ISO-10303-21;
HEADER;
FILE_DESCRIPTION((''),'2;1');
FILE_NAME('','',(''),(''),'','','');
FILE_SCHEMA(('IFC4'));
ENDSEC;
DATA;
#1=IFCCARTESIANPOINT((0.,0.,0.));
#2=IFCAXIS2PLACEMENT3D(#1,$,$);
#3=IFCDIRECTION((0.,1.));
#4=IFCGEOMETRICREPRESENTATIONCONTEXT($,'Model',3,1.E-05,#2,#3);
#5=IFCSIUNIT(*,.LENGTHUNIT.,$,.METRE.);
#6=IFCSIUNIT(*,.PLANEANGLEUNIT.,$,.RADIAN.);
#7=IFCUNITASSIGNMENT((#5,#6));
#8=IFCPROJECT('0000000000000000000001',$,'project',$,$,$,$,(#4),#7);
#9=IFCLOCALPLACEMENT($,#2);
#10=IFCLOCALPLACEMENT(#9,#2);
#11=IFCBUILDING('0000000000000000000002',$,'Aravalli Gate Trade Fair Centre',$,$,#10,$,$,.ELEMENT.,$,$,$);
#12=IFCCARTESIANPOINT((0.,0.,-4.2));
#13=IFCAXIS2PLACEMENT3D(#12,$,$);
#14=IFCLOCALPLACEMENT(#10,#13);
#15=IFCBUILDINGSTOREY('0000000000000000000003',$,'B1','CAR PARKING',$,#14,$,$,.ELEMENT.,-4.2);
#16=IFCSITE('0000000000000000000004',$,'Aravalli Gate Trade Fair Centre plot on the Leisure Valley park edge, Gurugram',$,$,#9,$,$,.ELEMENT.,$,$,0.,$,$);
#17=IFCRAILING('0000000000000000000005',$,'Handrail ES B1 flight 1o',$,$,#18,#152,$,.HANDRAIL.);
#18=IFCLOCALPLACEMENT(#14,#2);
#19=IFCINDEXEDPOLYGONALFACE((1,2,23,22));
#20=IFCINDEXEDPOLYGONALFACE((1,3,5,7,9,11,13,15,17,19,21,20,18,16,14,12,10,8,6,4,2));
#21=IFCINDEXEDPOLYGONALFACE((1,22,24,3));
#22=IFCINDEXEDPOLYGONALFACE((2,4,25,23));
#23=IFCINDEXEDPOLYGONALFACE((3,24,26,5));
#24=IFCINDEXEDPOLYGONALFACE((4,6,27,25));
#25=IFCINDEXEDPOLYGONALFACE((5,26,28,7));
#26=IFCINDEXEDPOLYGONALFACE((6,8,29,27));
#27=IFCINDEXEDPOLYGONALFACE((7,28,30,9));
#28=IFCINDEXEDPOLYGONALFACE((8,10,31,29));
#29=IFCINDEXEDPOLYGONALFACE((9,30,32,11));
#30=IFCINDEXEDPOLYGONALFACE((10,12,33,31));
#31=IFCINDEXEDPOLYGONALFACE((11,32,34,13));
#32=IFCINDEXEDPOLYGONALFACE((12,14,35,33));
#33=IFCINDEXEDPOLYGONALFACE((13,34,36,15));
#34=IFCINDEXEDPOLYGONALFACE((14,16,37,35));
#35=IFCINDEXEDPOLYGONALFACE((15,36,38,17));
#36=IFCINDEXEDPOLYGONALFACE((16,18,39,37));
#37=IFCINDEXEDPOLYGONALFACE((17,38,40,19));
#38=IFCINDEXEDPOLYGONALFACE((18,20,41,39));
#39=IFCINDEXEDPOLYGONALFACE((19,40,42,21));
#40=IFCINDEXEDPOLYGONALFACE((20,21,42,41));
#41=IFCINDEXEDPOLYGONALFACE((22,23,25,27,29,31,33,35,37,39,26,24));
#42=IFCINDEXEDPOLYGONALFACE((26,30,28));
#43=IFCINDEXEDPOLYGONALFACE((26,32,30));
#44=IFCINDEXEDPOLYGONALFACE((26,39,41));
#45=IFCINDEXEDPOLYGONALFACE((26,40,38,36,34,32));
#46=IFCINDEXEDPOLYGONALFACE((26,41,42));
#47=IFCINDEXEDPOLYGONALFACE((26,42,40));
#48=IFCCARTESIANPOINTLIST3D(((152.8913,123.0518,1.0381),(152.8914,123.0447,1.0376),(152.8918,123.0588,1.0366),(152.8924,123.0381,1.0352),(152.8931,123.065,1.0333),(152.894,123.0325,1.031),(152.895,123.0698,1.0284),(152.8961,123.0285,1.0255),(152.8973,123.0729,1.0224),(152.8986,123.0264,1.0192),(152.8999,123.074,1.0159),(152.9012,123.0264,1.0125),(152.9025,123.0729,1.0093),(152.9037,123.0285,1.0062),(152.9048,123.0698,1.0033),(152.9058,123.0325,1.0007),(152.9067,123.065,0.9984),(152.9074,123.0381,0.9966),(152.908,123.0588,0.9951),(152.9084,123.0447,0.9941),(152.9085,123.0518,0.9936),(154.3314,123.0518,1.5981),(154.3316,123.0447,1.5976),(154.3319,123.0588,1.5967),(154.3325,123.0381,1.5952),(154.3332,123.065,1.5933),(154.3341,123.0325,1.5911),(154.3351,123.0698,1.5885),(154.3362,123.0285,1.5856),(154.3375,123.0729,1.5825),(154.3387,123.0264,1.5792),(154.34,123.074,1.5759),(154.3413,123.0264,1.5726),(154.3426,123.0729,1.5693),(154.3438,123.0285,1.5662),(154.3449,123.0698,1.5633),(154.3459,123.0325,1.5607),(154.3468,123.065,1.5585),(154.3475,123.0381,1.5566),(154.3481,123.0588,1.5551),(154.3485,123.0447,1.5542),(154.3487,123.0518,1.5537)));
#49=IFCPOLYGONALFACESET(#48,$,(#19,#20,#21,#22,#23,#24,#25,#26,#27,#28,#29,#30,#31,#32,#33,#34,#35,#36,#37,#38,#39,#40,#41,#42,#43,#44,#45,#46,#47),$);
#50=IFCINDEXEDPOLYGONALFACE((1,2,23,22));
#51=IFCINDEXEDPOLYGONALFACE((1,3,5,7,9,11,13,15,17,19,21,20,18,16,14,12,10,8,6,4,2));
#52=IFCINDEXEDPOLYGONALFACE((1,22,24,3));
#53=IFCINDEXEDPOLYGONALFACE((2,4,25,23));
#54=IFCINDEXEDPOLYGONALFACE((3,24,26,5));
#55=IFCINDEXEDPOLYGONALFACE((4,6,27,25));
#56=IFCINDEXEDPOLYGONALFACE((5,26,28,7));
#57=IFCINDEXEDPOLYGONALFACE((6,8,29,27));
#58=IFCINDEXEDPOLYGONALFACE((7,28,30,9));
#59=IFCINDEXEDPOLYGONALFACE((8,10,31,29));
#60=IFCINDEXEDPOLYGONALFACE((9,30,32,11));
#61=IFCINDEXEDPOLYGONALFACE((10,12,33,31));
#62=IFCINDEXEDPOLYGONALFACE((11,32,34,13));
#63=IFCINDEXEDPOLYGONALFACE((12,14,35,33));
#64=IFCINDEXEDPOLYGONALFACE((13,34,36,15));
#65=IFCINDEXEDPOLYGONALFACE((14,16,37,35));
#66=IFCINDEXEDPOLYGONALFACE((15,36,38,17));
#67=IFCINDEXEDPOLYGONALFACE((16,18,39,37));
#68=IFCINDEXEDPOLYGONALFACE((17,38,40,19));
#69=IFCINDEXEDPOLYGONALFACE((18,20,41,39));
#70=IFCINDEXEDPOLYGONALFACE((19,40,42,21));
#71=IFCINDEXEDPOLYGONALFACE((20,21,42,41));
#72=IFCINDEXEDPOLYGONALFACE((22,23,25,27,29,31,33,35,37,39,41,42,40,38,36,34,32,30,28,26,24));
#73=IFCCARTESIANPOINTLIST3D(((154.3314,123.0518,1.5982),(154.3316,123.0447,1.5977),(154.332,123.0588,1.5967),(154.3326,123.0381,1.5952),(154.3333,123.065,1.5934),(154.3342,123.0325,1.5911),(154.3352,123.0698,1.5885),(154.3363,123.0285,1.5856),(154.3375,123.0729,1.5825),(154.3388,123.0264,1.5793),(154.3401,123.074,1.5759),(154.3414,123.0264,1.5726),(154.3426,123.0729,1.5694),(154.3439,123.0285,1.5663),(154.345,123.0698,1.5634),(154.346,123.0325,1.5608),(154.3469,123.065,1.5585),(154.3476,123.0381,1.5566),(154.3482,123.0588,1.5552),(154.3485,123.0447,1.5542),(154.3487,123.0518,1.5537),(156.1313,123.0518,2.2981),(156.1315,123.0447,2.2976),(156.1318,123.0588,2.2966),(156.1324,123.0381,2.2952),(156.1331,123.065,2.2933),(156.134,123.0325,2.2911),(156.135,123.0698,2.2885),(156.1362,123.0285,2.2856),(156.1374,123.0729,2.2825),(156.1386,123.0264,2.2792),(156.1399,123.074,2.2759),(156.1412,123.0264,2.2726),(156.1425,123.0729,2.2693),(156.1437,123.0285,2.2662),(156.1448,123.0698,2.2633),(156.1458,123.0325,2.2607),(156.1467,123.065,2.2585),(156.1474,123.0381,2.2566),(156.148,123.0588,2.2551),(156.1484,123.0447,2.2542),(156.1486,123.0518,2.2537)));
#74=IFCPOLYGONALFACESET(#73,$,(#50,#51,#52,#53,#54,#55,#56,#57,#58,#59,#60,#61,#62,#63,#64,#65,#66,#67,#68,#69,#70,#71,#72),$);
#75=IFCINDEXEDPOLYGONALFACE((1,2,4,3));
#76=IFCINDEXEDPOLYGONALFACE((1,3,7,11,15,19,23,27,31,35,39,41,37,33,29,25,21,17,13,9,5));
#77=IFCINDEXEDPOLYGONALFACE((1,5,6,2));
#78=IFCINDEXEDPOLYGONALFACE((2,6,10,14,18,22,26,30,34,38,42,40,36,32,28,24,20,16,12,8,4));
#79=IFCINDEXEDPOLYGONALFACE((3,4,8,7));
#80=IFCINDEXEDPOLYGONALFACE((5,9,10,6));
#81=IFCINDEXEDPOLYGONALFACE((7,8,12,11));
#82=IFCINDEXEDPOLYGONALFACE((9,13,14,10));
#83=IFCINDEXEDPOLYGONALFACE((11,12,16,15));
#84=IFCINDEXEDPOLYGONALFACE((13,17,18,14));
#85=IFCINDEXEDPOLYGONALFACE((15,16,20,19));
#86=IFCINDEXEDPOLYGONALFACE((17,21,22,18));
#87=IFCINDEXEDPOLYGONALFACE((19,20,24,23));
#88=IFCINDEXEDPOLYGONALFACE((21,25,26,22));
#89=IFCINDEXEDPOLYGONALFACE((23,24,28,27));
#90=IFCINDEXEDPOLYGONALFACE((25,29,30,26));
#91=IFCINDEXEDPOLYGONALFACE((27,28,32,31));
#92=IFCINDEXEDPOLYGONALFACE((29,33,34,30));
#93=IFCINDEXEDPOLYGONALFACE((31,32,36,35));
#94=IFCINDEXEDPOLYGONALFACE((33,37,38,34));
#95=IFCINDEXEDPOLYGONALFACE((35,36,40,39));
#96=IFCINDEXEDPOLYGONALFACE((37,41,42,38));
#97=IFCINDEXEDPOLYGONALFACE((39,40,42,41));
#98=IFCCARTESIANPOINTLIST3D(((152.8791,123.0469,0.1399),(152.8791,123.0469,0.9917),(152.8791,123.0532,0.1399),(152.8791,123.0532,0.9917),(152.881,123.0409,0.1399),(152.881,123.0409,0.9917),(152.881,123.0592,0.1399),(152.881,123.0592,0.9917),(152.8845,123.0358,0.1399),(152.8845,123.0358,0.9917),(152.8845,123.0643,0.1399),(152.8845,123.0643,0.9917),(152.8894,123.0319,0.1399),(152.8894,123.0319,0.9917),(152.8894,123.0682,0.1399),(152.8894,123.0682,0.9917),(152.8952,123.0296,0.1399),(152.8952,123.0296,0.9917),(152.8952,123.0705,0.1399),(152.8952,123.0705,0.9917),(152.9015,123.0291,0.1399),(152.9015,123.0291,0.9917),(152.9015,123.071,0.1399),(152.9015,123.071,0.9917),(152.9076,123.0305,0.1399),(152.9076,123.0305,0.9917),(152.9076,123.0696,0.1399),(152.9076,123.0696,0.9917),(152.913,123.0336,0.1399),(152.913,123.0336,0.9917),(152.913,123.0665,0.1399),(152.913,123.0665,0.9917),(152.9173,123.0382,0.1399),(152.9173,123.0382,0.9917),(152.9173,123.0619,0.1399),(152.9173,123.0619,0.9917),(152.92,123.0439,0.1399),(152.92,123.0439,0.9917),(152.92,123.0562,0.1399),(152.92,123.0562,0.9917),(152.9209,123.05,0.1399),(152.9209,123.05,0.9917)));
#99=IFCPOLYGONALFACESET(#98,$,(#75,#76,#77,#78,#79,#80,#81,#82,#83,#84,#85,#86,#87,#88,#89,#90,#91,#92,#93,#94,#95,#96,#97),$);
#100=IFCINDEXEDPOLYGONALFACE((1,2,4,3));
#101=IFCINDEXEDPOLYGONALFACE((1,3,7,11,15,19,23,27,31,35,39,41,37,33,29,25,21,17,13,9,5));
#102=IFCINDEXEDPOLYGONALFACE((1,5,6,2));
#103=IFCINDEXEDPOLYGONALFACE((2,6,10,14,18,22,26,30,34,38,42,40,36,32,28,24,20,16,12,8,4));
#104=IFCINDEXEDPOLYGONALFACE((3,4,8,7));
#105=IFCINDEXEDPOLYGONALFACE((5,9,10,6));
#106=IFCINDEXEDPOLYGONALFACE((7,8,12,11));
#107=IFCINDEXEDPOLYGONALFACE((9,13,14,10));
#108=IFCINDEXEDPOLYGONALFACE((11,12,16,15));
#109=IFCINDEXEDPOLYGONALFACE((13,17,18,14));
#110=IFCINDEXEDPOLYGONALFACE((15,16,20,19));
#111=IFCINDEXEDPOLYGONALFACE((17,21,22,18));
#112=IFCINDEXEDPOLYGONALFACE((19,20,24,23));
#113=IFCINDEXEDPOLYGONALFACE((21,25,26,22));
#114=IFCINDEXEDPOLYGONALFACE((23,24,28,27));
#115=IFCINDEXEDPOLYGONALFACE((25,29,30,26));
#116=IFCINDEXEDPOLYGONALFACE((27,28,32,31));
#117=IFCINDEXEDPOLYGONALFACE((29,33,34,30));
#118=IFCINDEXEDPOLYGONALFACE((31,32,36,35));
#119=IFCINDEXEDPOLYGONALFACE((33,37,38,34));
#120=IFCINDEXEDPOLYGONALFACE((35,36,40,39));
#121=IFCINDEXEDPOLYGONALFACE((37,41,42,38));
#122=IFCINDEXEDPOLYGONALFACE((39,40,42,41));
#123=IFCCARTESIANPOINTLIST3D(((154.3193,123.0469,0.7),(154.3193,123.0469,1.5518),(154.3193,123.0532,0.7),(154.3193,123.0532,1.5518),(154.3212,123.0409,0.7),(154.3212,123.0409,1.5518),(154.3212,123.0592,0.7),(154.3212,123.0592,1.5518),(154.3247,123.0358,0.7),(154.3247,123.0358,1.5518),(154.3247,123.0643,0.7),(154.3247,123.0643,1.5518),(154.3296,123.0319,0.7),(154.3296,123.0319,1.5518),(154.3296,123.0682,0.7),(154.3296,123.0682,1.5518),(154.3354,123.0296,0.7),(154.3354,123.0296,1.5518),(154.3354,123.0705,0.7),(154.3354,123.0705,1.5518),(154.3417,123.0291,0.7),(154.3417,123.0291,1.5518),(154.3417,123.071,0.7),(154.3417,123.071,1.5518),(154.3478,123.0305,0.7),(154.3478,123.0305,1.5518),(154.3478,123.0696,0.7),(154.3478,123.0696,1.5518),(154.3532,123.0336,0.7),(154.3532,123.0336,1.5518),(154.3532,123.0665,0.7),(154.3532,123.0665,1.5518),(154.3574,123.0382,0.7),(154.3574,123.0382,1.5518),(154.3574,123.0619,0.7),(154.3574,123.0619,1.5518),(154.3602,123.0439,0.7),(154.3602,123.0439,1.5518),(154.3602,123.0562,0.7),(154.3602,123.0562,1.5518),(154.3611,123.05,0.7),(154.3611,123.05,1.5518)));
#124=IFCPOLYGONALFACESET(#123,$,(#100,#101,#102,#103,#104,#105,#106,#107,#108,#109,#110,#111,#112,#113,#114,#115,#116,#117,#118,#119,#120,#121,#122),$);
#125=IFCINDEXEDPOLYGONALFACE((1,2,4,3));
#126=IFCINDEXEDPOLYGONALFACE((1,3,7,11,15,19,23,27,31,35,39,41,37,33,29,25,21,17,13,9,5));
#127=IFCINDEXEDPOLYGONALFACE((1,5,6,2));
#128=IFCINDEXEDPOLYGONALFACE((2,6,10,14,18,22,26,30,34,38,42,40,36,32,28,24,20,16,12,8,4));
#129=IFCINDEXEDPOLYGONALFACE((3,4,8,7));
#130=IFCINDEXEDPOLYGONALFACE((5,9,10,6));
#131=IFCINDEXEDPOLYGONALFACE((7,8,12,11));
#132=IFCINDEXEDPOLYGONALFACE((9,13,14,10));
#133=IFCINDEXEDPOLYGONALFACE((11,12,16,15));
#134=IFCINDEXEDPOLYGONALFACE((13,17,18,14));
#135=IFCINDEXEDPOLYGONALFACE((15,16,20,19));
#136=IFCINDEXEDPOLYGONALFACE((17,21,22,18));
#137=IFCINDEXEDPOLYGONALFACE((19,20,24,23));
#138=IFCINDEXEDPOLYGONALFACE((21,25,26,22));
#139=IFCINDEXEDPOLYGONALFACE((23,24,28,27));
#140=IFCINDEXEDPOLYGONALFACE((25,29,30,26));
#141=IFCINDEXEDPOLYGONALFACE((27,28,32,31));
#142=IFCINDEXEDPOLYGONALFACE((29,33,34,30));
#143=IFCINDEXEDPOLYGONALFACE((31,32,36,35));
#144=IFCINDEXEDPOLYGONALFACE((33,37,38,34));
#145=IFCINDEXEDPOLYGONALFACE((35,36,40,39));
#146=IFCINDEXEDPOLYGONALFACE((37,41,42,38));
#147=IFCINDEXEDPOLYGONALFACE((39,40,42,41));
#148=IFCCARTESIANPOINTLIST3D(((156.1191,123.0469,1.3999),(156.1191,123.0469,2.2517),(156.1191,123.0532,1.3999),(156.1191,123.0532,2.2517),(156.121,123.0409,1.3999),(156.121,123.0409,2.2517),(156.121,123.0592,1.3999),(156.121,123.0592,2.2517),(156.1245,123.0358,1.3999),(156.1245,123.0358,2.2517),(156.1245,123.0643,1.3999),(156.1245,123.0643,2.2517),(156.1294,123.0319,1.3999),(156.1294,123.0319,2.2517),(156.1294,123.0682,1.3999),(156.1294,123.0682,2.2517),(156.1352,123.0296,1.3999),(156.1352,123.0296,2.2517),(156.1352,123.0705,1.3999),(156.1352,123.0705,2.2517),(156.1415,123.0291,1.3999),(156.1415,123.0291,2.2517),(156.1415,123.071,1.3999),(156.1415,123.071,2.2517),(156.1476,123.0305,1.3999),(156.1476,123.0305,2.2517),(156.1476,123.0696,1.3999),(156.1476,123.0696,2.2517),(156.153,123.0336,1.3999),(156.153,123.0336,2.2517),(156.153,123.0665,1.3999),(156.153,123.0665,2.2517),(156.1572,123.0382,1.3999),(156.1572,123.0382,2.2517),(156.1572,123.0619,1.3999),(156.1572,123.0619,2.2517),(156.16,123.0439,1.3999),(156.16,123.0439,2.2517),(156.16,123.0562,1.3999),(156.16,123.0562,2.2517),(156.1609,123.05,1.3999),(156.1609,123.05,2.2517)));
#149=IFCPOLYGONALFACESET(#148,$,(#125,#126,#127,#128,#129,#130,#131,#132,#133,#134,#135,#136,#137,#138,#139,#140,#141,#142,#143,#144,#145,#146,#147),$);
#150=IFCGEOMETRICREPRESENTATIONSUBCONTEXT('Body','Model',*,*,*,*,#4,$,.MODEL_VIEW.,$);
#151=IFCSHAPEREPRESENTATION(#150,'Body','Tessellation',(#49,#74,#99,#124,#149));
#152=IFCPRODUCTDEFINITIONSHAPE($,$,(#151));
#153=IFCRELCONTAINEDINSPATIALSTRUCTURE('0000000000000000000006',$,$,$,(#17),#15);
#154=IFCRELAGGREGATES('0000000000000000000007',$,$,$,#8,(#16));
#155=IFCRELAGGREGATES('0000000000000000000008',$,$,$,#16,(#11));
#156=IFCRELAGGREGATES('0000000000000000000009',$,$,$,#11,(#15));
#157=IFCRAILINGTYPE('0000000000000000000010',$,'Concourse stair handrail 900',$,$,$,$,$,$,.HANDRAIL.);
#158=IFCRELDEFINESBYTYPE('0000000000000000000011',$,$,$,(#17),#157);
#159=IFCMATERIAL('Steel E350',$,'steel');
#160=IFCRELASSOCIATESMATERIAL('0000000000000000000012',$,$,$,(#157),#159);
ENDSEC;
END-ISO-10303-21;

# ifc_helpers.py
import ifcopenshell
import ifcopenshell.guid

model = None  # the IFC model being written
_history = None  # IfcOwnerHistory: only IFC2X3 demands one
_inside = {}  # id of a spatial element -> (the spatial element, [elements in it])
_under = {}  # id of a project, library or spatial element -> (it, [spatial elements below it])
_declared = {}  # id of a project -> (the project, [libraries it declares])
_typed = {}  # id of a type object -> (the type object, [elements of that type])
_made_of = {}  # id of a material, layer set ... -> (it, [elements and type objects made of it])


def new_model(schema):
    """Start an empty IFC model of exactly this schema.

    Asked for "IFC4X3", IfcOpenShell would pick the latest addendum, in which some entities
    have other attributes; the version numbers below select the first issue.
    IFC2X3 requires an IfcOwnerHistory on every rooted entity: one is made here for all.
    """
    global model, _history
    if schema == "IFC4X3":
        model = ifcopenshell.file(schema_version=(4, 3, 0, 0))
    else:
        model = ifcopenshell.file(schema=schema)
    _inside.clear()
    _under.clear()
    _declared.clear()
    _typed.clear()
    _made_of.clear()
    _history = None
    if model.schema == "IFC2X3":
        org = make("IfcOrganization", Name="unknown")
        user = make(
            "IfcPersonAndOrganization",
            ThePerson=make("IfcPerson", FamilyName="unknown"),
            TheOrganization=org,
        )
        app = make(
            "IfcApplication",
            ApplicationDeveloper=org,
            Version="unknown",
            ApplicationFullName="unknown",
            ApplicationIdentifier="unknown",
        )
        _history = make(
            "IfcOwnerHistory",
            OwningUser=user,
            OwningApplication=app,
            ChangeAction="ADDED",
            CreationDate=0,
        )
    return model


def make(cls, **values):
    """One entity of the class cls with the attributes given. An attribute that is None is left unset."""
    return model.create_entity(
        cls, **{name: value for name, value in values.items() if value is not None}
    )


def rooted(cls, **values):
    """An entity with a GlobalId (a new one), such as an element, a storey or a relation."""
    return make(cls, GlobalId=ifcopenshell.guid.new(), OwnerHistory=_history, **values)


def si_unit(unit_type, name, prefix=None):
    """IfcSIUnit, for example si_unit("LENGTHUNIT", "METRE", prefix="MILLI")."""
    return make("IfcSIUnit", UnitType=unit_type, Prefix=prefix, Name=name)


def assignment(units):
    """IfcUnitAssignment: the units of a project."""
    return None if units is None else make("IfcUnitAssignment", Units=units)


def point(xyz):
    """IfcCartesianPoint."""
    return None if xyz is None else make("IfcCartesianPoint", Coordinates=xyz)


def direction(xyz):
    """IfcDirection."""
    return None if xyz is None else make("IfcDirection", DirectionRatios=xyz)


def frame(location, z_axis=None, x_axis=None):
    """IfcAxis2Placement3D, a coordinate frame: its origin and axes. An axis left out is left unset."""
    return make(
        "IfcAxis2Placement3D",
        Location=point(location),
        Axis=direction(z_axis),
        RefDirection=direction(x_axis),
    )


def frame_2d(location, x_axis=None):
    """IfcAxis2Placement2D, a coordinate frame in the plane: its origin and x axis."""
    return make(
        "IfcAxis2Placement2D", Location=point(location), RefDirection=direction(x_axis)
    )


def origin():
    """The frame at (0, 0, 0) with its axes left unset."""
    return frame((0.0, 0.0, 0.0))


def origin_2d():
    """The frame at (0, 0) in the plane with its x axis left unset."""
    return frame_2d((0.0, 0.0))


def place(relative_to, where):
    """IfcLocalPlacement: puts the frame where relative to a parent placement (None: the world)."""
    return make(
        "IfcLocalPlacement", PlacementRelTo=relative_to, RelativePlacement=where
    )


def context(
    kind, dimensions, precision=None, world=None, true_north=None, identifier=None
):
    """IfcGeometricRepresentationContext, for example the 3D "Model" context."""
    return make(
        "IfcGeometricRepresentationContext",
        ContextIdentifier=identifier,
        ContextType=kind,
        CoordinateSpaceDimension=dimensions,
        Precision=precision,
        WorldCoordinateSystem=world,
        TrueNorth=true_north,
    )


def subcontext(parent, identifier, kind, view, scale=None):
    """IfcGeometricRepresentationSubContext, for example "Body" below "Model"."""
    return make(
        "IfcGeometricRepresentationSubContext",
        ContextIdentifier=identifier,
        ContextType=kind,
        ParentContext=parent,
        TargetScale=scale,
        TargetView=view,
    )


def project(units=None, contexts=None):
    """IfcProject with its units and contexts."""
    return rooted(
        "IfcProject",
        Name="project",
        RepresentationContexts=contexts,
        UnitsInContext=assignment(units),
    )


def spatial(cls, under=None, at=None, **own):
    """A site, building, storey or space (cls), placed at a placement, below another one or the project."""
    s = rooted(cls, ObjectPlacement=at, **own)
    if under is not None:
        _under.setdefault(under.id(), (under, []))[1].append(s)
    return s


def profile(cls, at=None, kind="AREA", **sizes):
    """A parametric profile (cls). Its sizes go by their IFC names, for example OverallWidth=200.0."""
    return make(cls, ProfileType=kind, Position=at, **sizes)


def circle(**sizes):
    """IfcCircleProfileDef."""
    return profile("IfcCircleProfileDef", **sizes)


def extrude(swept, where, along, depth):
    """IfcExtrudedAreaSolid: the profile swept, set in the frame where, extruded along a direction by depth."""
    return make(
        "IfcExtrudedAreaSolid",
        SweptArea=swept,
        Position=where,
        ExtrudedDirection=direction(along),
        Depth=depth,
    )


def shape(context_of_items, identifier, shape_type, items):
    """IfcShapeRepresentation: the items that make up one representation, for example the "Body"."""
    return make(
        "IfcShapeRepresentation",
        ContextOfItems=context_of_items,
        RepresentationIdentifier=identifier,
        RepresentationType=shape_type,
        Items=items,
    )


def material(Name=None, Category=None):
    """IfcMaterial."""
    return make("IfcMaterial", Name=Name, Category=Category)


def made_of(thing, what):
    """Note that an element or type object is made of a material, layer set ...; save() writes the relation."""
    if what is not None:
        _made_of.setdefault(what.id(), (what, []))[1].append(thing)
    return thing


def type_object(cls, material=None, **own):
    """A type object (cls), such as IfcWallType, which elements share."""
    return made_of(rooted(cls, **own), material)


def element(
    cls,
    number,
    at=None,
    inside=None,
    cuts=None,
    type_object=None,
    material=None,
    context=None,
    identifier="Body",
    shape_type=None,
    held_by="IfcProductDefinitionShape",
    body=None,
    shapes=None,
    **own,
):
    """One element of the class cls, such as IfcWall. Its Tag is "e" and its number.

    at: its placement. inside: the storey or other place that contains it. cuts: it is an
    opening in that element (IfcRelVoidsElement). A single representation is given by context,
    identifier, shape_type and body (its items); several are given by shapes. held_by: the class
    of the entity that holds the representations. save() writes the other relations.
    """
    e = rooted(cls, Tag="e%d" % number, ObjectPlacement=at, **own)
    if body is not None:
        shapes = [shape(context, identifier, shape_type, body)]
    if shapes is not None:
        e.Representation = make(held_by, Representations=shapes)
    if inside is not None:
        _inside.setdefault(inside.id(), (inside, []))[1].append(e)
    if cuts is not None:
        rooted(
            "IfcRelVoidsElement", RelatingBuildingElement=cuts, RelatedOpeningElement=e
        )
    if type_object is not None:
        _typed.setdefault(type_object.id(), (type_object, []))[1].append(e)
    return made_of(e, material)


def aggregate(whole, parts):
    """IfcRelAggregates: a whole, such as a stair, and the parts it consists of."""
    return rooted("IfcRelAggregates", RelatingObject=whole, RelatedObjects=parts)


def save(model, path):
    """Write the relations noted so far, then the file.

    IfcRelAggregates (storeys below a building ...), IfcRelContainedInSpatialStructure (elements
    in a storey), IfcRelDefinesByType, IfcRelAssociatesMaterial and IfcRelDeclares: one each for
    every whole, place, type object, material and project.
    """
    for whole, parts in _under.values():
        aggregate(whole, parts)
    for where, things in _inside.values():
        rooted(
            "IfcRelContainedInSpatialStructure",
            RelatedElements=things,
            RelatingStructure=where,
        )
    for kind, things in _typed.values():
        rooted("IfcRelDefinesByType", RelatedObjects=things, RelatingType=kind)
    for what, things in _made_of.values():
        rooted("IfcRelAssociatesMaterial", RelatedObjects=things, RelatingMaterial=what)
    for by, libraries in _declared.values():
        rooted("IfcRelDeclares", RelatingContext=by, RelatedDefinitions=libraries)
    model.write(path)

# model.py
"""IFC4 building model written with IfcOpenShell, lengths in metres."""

from ifc_helpers import new_model, si_unit, direction, frame, origin, origin_2d, place, context, subcontext, project, spatial, circle, extrude, material, type_object, element, save


model = new_model("IFC4")

# Units and contexts
model_context = context("Model", 3, precision=1e-05, world=origin(), true_north=direction((0.0, 1.0)))
body_context = subcontext(model_context, "Body", "Model", "MODEL_VIEW")
ifc_project = project(units=[si_unit("LENGTHUNIT", "METRE"), si_unit("PLANEANGLEUNIT", "RADIAN")], contexts=[model_context])

# Site, building, storey
site_placement = place(None, origin())
site = spatial("IfcSite", under=ifc_project, at=site_placement, Name="Aravalli Gate Trade Fair Centre plot on the Leisure Valley park edge, Gurugram", CompositionType="ELEMENT", RefElevation=0.0)
building_placement = place(site_placement, origin())
building = spatial("IfcBuilding", under=site, at=building_placement, Name="Aravalli Gate Trade Fair Centre", CompositionType="ELEMENT")
storey_placement = place(building_placement, frame((0.0, 0.0, -4.2)))
storey = spatial("IfcBuildingStorey", under=building, at=storey_placement, Name="B1", Description="CAR PARKING", CompositionType="ELEMENT", Elevation=-4.2)

# Shared definitions
ifc_material_1 = material(Name="Steel E350", Category="steel")

# Railing
railing_type = type_object("IfcRailingType", Name="Concourse stair handrail 900", PredefinedType="HANDRAIL", material=ifc_material_1)
for number, where, name in (
    (1, (152.8999, 123.05, 0.1399), "Handrail ES B1 flight 1o"),
):
    element("IfcRailing", number, at=place(storey_placement, frame(where)), inside=storey, type_object=railing_type, Name=name, PredefinedType="HANDRAIL", context=body_context, shape_type="SweptSolid", body=[
        extrude(circle(Radius=0.0239, at=origin_2d()), frame((0.0, 0.0, 0.876), z_axis=(0.932008, 0.0, 0.362439), x_axis=(0.0, 1.0, 0.0)), (0.0, 0.0, 1.0), 1.5452),
        extrude(circle(Radius=0.0239, at=origin_2d()), frame((1.4402, 0.0, 1.436), z_axis=(0.932, 0.0, 0.362458), x_axis=(0.0, 1.0, 0.0)), (0.0, 0.0, 1.0), 1.9312),
        extrude(circle(Radius=0.021, at=origin_2d()), origin(), (0.0, 0.0, 1.0), 0.8518),
        extrude(circle(Radius=0.021, at=origin_2d()), frame((1.4402, 0.0, 0.5601)), (0.0, 0.0, 1.0), 0.8518),
        extrude(circle(Radius=0.021, at=origin_2d()), frame((3.24, 0.0, 1.26)), (0.0, 0.0, 1.0), 0.8518),
    ])

save(model, "model.ifc")
